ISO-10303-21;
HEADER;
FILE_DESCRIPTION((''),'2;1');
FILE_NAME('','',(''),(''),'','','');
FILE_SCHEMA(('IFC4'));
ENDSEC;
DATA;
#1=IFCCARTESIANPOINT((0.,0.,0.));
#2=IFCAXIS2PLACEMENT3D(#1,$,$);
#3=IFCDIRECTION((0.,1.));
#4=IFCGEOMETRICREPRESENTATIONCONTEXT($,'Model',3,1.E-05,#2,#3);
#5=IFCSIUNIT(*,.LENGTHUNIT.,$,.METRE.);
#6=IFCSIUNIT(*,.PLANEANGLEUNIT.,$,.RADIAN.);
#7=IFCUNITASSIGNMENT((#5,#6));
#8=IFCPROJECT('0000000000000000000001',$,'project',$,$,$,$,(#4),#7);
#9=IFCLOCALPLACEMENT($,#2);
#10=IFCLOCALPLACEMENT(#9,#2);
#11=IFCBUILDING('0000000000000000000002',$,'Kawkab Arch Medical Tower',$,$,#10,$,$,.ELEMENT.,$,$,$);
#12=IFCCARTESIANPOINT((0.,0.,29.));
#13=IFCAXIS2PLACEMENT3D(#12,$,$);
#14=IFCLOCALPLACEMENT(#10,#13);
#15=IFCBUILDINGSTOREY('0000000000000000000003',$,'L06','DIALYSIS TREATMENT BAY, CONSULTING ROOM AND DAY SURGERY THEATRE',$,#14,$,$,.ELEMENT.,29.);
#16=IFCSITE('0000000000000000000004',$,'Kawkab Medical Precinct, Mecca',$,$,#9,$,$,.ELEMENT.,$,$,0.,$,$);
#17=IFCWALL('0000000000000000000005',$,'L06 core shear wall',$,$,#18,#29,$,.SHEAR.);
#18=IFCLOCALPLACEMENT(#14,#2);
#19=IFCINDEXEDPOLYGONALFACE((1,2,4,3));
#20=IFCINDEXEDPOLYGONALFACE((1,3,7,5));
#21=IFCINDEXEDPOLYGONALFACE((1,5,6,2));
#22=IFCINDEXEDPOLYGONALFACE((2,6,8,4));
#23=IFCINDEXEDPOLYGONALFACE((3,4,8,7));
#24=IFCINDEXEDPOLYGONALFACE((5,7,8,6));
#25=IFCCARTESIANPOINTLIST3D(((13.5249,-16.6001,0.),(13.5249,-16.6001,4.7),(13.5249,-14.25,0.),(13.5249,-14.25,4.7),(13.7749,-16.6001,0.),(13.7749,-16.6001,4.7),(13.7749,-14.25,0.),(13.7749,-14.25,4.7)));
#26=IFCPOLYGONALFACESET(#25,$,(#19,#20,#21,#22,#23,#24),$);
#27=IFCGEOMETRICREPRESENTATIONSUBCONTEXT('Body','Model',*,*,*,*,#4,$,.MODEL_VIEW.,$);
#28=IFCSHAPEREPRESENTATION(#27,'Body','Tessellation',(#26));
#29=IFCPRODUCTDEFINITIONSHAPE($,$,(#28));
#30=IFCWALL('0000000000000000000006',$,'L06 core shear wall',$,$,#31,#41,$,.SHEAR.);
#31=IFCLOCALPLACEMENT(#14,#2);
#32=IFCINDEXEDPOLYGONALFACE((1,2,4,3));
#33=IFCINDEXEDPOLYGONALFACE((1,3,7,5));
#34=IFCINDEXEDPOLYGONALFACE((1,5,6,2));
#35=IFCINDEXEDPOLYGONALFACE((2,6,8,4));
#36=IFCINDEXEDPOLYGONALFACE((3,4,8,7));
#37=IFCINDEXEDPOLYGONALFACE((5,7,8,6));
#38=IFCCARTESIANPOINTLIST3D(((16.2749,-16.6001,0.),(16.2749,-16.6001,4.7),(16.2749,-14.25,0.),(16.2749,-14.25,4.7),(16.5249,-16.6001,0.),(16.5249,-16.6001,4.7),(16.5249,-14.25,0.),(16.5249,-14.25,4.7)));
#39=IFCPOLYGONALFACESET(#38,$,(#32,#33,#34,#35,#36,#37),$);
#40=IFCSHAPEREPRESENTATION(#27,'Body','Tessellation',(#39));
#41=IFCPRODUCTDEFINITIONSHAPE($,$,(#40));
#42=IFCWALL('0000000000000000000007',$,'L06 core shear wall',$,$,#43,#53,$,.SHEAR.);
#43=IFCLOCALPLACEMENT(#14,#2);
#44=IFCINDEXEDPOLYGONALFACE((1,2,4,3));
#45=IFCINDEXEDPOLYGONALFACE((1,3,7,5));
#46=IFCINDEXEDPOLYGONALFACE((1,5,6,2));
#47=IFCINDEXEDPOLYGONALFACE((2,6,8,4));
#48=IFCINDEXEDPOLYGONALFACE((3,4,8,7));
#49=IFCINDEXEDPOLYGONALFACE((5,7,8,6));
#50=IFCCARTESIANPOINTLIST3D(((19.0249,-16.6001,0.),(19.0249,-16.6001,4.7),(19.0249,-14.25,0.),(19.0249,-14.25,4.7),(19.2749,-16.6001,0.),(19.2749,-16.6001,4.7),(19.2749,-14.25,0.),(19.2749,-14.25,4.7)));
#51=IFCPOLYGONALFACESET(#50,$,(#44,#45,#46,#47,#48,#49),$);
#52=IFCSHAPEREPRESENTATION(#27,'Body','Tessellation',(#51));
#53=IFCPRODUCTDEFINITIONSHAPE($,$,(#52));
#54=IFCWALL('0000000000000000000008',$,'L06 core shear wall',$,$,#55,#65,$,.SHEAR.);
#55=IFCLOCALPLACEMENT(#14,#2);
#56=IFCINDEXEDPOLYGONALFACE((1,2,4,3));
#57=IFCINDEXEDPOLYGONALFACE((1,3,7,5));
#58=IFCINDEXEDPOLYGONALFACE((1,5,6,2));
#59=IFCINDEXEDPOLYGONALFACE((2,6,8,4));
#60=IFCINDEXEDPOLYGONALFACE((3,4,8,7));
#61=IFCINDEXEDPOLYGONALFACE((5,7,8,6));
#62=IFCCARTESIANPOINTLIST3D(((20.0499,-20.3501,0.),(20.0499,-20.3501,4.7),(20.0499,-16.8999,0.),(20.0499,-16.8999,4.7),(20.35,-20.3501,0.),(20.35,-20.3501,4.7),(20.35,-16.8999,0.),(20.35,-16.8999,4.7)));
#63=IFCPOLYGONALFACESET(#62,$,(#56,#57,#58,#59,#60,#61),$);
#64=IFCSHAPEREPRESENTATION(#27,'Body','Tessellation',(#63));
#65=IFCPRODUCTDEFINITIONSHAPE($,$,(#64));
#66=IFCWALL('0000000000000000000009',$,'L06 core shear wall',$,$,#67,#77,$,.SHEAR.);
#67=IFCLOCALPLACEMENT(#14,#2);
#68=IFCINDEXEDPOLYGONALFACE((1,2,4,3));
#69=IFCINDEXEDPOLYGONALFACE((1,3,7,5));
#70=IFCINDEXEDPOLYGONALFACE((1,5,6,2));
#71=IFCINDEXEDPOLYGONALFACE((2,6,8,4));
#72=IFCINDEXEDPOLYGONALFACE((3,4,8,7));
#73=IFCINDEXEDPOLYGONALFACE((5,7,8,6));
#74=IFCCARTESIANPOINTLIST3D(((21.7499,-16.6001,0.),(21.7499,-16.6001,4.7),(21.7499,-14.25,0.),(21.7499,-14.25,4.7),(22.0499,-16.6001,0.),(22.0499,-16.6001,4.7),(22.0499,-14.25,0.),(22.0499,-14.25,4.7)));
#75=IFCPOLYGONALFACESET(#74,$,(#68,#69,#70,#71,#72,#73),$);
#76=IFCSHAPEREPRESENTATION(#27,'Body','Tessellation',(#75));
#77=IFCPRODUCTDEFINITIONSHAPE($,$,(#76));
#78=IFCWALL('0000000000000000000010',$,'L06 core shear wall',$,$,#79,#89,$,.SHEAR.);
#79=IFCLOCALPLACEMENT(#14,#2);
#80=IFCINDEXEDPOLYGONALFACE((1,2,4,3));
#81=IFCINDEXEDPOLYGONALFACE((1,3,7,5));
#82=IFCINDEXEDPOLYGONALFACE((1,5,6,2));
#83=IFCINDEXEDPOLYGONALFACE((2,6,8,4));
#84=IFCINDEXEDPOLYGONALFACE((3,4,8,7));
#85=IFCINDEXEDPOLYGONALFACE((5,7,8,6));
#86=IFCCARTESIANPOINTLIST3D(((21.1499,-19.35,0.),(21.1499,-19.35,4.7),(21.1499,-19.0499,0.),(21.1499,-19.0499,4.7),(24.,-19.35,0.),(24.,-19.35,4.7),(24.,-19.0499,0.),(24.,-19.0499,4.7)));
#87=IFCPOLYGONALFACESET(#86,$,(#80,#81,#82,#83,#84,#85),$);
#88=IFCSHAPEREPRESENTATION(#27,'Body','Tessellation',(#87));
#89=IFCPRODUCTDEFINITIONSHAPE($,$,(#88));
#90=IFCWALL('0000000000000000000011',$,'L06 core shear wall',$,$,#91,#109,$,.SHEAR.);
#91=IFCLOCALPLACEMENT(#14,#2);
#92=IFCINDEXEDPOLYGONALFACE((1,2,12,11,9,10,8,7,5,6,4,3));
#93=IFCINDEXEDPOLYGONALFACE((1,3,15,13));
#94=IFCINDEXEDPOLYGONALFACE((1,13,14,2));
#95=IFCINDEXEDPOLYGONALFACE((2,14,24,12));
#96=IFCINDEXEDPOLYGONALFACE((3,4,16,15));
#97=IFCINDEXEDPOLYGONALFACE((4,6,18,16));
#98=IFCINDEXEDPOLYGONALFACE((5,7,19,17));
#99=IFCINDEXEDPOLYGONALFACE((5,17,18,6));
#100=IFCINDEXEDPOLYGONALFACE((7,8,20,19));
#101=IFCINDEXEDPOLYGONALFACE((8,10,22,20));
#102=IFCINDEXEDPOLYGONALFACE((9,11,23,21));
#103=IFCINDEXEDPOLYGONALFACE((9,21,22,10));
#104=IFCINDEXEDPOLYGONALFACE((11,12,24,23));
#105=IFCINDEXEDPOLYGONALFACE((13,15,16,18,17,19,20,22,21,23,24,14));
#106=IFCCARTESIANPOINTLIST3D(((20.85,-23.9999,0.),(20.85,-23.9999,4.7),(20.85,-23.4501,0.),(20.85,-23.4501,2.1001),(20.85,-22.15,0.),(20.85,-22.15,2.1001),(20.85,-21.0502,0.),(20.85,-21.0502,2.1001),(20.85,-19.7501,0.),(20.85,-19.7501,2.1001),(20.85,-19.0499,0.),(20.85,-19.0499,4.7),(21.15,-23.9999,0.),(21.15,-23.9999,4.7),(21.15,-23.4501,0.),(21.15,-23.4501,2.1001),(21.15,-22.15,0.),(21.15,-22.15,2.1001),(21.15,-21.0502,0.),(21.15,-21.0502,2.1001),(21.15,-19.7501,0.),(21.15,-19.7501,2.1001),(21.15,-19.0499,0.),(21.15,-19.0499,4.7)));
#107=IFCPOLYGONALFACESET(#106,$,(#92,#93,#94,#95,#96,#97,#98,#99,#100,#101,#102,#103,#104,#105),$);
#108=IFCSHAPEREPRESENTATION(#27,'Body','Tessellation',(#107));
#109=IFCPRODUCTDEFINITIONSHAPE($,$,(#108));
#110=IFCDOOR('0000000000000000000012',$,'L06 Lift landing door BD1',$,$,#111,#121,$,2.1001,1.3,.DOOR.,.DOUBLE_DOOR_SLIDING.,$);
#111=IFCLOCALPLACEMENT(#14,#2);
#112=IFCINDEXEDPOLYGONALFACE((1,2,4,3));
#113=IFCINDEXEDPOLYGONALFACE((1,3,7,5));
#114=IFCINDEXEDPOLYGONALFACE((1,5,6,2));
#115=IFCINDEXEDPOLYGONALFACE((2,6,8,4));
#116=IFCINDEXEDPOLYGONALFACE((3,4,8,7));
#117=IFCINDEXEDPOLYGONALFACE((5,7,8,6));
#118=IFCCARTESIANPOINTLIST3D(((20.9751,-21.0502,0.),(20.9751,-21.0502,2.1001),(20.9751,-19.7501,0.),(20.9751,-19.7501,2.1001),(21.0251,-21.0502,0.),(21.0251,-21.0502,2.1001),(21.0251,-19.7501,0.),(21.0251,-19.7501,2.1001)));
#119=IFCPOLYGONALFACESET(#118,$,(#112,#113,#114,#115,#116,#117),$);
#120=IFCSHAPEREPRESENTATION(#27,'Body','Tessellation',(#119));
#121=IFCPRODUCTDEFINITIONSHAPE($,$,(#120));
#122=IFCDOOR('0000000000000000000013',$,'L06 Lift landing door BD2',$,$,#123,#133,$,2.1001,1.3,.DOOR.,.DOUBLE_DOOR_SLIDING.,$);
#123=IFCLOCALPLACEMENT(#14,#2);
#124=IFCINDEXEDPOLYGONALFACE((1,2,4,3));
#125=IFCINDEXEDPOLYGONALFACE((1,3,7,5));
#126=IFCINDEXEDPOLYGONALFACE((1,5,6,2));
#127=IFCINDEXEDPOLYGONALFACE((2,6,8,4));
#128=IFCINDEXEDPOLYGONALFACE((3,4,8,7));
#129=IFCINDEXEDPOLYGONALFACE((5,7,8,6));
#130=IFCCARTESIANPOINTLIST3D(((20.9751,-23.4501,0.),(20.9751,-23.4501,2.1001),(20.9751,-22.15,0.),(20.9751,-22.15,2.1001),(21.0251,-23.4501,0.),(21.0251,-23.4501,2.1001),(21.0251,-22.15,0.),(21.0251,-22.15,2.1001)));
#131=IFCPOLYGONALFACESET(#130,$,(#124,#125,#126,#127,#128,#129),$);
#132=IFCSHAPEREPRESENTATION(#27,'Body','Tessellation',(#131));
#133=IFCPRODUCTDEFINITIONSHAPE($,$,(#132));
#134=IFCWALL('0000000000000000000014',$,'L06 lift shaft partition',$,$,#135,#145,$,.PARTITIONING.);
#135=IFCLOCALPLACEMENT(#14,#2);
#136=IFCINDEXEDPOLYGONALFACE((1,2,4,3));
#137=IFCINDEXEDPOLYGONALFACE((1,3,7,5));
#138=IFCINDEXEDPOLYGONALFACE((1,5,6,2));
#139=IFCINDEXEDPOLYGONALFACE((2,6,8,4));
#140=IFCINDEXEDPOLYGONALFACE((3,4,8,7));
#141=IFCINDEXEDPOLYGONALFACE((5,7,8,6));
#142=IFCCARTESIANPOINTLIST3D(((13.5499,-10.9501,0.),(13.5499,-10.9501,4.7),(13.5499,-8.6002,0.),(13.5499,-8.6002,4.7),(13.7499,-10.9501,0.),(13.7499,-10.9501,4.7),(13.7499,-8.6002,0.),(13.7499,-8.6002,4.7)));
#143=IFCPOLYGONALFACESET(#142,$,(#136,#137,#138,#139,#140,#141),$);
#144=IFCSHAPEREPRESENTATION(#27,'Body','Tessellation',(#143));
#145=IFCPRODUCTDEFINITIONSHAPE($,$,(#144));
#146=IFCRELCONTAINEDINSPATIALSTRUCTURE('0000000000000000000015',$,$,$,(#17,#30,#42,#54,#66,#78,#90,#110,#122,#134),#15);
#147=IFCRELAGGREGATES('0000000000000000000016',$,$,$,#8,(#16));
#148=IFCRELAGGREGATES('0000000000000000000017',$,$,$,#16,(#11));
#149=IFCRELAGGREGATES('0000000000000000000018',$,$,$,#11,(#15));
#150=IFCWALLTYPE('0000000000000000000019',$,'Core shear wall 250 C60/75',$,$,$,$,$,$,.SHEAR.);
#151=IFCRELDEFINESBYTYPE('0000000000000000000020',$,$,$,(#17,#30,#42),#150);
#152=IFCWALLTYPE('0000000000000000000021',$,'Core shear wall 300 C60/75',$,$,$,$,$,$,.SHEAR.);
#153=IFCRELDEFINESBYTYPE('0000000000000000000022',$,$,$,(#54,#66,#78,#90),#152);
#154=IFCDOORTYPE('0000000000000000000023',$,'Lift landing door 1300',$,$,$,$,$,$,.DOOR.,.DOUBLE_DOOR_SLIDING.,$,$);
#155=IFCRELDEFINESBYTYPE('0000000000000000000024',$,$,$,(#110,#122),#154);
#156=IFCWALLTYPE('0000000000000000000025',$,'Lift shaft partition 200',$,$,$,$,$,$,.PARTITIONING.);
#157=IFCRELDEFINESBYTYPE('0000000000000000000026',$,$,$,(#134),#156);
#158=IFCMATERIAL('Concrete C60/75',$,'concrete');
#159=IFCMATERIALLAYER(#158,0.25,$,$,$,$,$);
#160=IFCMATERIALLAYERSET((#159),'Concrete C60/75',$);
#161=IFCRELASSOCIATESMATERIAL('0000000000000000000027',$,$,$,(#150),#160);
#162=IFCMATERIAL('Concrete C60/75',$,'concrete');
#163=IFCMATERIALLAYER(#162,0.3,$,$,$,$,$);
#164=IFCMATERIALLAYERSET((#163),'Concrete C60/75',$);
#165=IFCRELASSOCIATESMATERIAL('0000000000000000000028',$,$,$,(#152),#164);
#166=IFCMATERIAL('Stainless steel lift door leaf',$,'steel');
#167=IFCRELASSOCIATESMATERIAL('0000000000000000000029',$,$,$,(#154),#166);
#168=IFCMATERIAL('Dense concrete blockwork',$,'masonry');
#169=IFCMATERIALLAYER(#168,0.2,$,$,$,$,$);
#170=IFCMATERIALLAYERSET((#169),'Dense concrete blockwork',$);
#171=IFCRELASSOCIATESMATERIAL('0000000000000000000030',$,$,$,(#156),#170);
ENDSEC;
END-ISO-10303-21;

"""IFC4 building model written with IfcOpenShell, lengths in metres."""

from ifc_helpers import new_model, si_unit, direction, frame, frame_2d, origin, place, context, subcontext, project, spatial, rectangle, extrude, material, layer, layer_set, type_object, element, fill, save


model = new_model("IFC4")

# Units and contexts
model_context = context("Model", 3, precision=1e-05, world=origin(), true_north=direction((0.0, 1.0)))
body_context = subcontext(model_context, "Body", "Model", "MODEL_VIEW")
ifc_project = project(units=[si_unit("LENGTHUNIT", "METRE"), si_unit("PLANEANGLEUNIT", "RADIAN")], contexts=[model_context])

# Site, building, storey
site_placement = place(None, origin())
site = spatial("IfcSite", under=ifc_project, at=site_placement, Name="Kawkab Medical Precinct, Mecca", CompositionType="ELEMENT", RefElevation=0.0)
building_placement = place(site_placement, origin())
building = spatial("IfcBuilding", under=site, at=building_placement, Name="Kawkab Arch Medical Tower", CompositionType="ELEMENT")
storey_placement = place(building_placement, frame((0.0, 0.0, 29.0)))
storey = spatial("IfcBuildingStorey", under=building, at=storey_placement, Name="L06", Description="DIALYSIS TREATMENT BAY, CONSULTING ROOM AND DAY SURGERY THEATRE", CompositionType="ELEMENT", Elevation=29.0)

# Walls
ifc_material_1 = material(Name="Concrete C60/75", Category="concrete")
ifc_layer_1 = layer(ifc_material_1, 0.25)
ifc_layer_set_1 = layer_set([ifc_layer_1], Name="Concrete C60/75")
wall_type_1 = type_object("IfcWallType", Name="Core shear wall 250 C60/75", PredefinedType="SHEAR", material=ifc_layer_set_1)
for number, where, z_axis, x_axis, name in (
    (1, (13.6499, -16.6001, 0.0), (0.0, 0.0, 1.0), (0.0, 1.0, 0.0), "L06 core shear wall"),
    (2, (16.3999, -16.6001, 0.0), (0.0, 0.0, 1.0), (0.0, 1.0, 0.0), "L06 core shear wall"),
    (3, (19.1499, -16.6001, 0.0), (0.0, 0.0, 1.0), (0.0, 1.0, 0.0), "L06 core shear wall"),
):
    element("IfcWall", number, at=place(storey_placement, frame(where, z_axis=z_axis, x_axis=x_axis)), inside=storey, type_object=wall_type_1, Name=name, PredefinedType="SHEAR", context=body_context, shape_type="SweptSolid", body=[
        extrude(rectangle(XDim=2.3501, YDim=0.25, at=frame_2d((1.175, 0.0))), origin(), (0.0, 0.0, 1.0), 4.7),
    ])
ifc_material_2 = material(Name="Concrete C60/75", Category="concrete")
ifc_layer_2 = layer(ifc_material_2, 0.3)
ifc_layer_set_2 = layer_set([ifc_layer_2], Name="Concrete C60/75")
wall_type_2 = type_object("IfcWallType", Name="Core shear wall 300 C60/75", PredefinedType="SHEAR", material=ifc_layer_set_2)
wall_1_placement = place(storey_placement, frame((20.2, -20.3501, 0.0), z_axis=(0.0, 0.0, 1.0), x_axis=(0.0, 1.0, 0.0)))
element("IfcWall", 4, at=wall_1_placement, inside=storey, type_object=wall_type_2, Name="L06 core shear wall", PredefinedType="SHEAR", context=body_context, shape_type="SweptSolid", body=[
    extrude(rectangle(XDim=3.4502, YDim=0.3, at=frame_2d((1.7251, 0.0))), origin(), (0.0, 0.0, 1.0), 4.7),
])
wall_2_placement = place(storey_placement, frame((21.8999, -16.6001, 0.0), z_axis=(0.0, 0.0, 1.0), x_axis=(0.0, 1.0, 0.0)))
element("IfcWall", 5, at=wall_2_placement, inside=storey, type_object=wall_type_2, Name="L06 core shear wall", PredefinedType="SHEAR", context=body_context, shape_type="SweptSolid", body=[
    extrude(rectangle(XDim=2.3501, YDim=0.3, at=frame_2d((1.175, 0.0))), origin(), (0.0, 0.0, 1.0), 4.7),
])
wall_3_placement = place(storey_placement, frame((21.1499, -19.2, 0.0), z_axis=(0.0, 0.0, 1.0), x_axis=(1.0, 0.0, 0.0)))
element("IfcWall", 6, at=wall_3_placement, inside=storey, type_object=wall_type_2, Name="L06 core shear wall", PredefinedType="SHEAR", context=body_context, shape_type="SweptSolid", body=[
    extrude(rectangle(XDim=2.8501, YDim=0.3, at=frame_2d((1.425, 0.0))), origin(), (0.0, 0.0, 1.0), 4.7),
])

# Wall, openings, doors
wall_4_placement = place(storey_placement, frame((21.0, -24.0, 0.0), z_axis=(0.0, 0.0, 1.0), x_axis=(0.0, 1.0, 0.0)))
wall_4 = element("IfcWall", 7, at=wall_4_placement, inside=storey, type_object=wall_type_2, Name="L06 core shear wall", PredefinedType="SHEAR", context=body_context, shape_type="SweptSolid", body=[
    extrude(rectangle(XDim=4.95, YDim=0.3, at=frame_2d((2.4751, 0.0))), origin(), (0.0, 0.0, 1.0), 4.7),
])
opening_1_placement = place(wall_4_placement, frame((2.95, 0.0, 0.0)))
opening_1 = element("IfcOpeningElement", 8, at=opening_1_placement, cuts=wall_4, PredefinedType="OPENING", context=body_context, shape_type="SweptSolid", body=[
    extrude(rectangle(XDim=1.3, YDim=2.1001, at=frame_2d((0.6499, 1.05))), frame((0.0, 0.1599, 0.0), z_axis=(0.0, -1.0, 0.0), x_axis=(1.0, 0.0, 0.0)), (0.0, 0.0, 1.0), 0.3201),
])
opening_2_placement = place(wall_4_placement, frame((0.55, 0.0, 0.0)))
opening_2 = element("IfcOpeningElement", 9, at=opening_2_placement, cuts=wall_4, PredefinedType="OPENING", context=body_context, shape_type="SweptSolid", body=[
    extrude(rectangle(XDim=1.3, YDim=2.1001, at=frame_2d((0.6499, 1.05))), frame((0.0, 0.1599, 0.0), z_axis=(0.0, -1.0, 0.0), x_axis=(1.0, 0.0, 0.0)), (0.0, 0.0, 1.0), 0.3201),
])
ifc_material_3 = material(Name="Stainless steel lift door leaf", Category="steel")
door_type_1 = type_object("IfcDoorType", Name="Lift landing door 1300", OperationType="DOUBLE_DOOR_SLIDING", PredefinedType="DOOR", material=ifc_material_3)
door_1_placement = place(opening_1_placement, origin())
door_1 = element("IfcDoor", 10, at=door_1_placement, inside=storey, type_object=door_type_1, Name="L06 Lift landing door BD1", OperationType="DOUBLE_DOOR_SLIDING", OverallHeight=2.1001, OverallWidth=1.3, PredefinedType="DOOR", context=body_context, shape_type="SweptSolid", body=[
    extrude(rectangle(XDim=1.3, YDim=2.1001, at=frame_2d((0.6499, 1.05))), frame((0.0, 0.0249, 0.0), z_axis=(0.0, -1.0, 0.0), x_axis=(1.0, 0.0, 0.0)), (0.0, 0.0, 1.0), 0.05),
])
fill(opening_1, door_1)
door_2_placement = place(opening_2_placement, origin())
door_2 = element("IfcDoor", 11, at=door_2_placement, inside=storey, type_object=door_type_1, Name="L06 Lift landing door BD2", OperationType="DOUBLE_DOOR_SLIDING", OverallHeight=2.1001, OverallWidth=1.3, PredefinedType="DOOR", context=body_context, shape_type="SweptSolid", body=[
    extrude(rectangle(XDim=1.3, YDim=2.1001, at=frame_2d((0.6499, 1.05))), frame((0.0, 0.0249, 0.0), z_axis=(0.0, -1.0, 0.0), x_axis=(1.0, 0.0, 0.0)), (0.0, 0.0, 1.0), 0.05),
])
fill(opening_2, door_2)

# Wall
ifc_material_4 = material(Name="Dense concrete blockwork", Category="masonry")
ifc_layer_3 = layer(ifc_material_4, 0.2)
ifc_layer_set_3 = layer_set([ifc_layer_3], Name="Dense concrete blockwork")
wall_type_3 = type_object("IfcWallType", Name="Lift shaft partition 200", PredefinedType="PARTITIONING", material=ifc_layer_set_3)
wall_5_placement = place(storey_placement, frame((13.6499, -10.95, 0.0), z_axis=(0.0, 0.0, 1.0), x_axis=(0.0, 1.0, 0.0)))
element("IfcWall", 12, at=wall_5_placement, inside=storey, type_object=wall_type_3, Name="L06 lift shaft partition", PredefinedType="PARTITIONING", context=body_context, shape_type="SweptSolid", body=[
    extrude(rectangle(XDim=2.3499, YDim=0.2, at=frame_2d((1.1748, 0.0))), origin(), (0.0, 0.0, 1.0), 4.7),
])

save(model, "model.ifc")
